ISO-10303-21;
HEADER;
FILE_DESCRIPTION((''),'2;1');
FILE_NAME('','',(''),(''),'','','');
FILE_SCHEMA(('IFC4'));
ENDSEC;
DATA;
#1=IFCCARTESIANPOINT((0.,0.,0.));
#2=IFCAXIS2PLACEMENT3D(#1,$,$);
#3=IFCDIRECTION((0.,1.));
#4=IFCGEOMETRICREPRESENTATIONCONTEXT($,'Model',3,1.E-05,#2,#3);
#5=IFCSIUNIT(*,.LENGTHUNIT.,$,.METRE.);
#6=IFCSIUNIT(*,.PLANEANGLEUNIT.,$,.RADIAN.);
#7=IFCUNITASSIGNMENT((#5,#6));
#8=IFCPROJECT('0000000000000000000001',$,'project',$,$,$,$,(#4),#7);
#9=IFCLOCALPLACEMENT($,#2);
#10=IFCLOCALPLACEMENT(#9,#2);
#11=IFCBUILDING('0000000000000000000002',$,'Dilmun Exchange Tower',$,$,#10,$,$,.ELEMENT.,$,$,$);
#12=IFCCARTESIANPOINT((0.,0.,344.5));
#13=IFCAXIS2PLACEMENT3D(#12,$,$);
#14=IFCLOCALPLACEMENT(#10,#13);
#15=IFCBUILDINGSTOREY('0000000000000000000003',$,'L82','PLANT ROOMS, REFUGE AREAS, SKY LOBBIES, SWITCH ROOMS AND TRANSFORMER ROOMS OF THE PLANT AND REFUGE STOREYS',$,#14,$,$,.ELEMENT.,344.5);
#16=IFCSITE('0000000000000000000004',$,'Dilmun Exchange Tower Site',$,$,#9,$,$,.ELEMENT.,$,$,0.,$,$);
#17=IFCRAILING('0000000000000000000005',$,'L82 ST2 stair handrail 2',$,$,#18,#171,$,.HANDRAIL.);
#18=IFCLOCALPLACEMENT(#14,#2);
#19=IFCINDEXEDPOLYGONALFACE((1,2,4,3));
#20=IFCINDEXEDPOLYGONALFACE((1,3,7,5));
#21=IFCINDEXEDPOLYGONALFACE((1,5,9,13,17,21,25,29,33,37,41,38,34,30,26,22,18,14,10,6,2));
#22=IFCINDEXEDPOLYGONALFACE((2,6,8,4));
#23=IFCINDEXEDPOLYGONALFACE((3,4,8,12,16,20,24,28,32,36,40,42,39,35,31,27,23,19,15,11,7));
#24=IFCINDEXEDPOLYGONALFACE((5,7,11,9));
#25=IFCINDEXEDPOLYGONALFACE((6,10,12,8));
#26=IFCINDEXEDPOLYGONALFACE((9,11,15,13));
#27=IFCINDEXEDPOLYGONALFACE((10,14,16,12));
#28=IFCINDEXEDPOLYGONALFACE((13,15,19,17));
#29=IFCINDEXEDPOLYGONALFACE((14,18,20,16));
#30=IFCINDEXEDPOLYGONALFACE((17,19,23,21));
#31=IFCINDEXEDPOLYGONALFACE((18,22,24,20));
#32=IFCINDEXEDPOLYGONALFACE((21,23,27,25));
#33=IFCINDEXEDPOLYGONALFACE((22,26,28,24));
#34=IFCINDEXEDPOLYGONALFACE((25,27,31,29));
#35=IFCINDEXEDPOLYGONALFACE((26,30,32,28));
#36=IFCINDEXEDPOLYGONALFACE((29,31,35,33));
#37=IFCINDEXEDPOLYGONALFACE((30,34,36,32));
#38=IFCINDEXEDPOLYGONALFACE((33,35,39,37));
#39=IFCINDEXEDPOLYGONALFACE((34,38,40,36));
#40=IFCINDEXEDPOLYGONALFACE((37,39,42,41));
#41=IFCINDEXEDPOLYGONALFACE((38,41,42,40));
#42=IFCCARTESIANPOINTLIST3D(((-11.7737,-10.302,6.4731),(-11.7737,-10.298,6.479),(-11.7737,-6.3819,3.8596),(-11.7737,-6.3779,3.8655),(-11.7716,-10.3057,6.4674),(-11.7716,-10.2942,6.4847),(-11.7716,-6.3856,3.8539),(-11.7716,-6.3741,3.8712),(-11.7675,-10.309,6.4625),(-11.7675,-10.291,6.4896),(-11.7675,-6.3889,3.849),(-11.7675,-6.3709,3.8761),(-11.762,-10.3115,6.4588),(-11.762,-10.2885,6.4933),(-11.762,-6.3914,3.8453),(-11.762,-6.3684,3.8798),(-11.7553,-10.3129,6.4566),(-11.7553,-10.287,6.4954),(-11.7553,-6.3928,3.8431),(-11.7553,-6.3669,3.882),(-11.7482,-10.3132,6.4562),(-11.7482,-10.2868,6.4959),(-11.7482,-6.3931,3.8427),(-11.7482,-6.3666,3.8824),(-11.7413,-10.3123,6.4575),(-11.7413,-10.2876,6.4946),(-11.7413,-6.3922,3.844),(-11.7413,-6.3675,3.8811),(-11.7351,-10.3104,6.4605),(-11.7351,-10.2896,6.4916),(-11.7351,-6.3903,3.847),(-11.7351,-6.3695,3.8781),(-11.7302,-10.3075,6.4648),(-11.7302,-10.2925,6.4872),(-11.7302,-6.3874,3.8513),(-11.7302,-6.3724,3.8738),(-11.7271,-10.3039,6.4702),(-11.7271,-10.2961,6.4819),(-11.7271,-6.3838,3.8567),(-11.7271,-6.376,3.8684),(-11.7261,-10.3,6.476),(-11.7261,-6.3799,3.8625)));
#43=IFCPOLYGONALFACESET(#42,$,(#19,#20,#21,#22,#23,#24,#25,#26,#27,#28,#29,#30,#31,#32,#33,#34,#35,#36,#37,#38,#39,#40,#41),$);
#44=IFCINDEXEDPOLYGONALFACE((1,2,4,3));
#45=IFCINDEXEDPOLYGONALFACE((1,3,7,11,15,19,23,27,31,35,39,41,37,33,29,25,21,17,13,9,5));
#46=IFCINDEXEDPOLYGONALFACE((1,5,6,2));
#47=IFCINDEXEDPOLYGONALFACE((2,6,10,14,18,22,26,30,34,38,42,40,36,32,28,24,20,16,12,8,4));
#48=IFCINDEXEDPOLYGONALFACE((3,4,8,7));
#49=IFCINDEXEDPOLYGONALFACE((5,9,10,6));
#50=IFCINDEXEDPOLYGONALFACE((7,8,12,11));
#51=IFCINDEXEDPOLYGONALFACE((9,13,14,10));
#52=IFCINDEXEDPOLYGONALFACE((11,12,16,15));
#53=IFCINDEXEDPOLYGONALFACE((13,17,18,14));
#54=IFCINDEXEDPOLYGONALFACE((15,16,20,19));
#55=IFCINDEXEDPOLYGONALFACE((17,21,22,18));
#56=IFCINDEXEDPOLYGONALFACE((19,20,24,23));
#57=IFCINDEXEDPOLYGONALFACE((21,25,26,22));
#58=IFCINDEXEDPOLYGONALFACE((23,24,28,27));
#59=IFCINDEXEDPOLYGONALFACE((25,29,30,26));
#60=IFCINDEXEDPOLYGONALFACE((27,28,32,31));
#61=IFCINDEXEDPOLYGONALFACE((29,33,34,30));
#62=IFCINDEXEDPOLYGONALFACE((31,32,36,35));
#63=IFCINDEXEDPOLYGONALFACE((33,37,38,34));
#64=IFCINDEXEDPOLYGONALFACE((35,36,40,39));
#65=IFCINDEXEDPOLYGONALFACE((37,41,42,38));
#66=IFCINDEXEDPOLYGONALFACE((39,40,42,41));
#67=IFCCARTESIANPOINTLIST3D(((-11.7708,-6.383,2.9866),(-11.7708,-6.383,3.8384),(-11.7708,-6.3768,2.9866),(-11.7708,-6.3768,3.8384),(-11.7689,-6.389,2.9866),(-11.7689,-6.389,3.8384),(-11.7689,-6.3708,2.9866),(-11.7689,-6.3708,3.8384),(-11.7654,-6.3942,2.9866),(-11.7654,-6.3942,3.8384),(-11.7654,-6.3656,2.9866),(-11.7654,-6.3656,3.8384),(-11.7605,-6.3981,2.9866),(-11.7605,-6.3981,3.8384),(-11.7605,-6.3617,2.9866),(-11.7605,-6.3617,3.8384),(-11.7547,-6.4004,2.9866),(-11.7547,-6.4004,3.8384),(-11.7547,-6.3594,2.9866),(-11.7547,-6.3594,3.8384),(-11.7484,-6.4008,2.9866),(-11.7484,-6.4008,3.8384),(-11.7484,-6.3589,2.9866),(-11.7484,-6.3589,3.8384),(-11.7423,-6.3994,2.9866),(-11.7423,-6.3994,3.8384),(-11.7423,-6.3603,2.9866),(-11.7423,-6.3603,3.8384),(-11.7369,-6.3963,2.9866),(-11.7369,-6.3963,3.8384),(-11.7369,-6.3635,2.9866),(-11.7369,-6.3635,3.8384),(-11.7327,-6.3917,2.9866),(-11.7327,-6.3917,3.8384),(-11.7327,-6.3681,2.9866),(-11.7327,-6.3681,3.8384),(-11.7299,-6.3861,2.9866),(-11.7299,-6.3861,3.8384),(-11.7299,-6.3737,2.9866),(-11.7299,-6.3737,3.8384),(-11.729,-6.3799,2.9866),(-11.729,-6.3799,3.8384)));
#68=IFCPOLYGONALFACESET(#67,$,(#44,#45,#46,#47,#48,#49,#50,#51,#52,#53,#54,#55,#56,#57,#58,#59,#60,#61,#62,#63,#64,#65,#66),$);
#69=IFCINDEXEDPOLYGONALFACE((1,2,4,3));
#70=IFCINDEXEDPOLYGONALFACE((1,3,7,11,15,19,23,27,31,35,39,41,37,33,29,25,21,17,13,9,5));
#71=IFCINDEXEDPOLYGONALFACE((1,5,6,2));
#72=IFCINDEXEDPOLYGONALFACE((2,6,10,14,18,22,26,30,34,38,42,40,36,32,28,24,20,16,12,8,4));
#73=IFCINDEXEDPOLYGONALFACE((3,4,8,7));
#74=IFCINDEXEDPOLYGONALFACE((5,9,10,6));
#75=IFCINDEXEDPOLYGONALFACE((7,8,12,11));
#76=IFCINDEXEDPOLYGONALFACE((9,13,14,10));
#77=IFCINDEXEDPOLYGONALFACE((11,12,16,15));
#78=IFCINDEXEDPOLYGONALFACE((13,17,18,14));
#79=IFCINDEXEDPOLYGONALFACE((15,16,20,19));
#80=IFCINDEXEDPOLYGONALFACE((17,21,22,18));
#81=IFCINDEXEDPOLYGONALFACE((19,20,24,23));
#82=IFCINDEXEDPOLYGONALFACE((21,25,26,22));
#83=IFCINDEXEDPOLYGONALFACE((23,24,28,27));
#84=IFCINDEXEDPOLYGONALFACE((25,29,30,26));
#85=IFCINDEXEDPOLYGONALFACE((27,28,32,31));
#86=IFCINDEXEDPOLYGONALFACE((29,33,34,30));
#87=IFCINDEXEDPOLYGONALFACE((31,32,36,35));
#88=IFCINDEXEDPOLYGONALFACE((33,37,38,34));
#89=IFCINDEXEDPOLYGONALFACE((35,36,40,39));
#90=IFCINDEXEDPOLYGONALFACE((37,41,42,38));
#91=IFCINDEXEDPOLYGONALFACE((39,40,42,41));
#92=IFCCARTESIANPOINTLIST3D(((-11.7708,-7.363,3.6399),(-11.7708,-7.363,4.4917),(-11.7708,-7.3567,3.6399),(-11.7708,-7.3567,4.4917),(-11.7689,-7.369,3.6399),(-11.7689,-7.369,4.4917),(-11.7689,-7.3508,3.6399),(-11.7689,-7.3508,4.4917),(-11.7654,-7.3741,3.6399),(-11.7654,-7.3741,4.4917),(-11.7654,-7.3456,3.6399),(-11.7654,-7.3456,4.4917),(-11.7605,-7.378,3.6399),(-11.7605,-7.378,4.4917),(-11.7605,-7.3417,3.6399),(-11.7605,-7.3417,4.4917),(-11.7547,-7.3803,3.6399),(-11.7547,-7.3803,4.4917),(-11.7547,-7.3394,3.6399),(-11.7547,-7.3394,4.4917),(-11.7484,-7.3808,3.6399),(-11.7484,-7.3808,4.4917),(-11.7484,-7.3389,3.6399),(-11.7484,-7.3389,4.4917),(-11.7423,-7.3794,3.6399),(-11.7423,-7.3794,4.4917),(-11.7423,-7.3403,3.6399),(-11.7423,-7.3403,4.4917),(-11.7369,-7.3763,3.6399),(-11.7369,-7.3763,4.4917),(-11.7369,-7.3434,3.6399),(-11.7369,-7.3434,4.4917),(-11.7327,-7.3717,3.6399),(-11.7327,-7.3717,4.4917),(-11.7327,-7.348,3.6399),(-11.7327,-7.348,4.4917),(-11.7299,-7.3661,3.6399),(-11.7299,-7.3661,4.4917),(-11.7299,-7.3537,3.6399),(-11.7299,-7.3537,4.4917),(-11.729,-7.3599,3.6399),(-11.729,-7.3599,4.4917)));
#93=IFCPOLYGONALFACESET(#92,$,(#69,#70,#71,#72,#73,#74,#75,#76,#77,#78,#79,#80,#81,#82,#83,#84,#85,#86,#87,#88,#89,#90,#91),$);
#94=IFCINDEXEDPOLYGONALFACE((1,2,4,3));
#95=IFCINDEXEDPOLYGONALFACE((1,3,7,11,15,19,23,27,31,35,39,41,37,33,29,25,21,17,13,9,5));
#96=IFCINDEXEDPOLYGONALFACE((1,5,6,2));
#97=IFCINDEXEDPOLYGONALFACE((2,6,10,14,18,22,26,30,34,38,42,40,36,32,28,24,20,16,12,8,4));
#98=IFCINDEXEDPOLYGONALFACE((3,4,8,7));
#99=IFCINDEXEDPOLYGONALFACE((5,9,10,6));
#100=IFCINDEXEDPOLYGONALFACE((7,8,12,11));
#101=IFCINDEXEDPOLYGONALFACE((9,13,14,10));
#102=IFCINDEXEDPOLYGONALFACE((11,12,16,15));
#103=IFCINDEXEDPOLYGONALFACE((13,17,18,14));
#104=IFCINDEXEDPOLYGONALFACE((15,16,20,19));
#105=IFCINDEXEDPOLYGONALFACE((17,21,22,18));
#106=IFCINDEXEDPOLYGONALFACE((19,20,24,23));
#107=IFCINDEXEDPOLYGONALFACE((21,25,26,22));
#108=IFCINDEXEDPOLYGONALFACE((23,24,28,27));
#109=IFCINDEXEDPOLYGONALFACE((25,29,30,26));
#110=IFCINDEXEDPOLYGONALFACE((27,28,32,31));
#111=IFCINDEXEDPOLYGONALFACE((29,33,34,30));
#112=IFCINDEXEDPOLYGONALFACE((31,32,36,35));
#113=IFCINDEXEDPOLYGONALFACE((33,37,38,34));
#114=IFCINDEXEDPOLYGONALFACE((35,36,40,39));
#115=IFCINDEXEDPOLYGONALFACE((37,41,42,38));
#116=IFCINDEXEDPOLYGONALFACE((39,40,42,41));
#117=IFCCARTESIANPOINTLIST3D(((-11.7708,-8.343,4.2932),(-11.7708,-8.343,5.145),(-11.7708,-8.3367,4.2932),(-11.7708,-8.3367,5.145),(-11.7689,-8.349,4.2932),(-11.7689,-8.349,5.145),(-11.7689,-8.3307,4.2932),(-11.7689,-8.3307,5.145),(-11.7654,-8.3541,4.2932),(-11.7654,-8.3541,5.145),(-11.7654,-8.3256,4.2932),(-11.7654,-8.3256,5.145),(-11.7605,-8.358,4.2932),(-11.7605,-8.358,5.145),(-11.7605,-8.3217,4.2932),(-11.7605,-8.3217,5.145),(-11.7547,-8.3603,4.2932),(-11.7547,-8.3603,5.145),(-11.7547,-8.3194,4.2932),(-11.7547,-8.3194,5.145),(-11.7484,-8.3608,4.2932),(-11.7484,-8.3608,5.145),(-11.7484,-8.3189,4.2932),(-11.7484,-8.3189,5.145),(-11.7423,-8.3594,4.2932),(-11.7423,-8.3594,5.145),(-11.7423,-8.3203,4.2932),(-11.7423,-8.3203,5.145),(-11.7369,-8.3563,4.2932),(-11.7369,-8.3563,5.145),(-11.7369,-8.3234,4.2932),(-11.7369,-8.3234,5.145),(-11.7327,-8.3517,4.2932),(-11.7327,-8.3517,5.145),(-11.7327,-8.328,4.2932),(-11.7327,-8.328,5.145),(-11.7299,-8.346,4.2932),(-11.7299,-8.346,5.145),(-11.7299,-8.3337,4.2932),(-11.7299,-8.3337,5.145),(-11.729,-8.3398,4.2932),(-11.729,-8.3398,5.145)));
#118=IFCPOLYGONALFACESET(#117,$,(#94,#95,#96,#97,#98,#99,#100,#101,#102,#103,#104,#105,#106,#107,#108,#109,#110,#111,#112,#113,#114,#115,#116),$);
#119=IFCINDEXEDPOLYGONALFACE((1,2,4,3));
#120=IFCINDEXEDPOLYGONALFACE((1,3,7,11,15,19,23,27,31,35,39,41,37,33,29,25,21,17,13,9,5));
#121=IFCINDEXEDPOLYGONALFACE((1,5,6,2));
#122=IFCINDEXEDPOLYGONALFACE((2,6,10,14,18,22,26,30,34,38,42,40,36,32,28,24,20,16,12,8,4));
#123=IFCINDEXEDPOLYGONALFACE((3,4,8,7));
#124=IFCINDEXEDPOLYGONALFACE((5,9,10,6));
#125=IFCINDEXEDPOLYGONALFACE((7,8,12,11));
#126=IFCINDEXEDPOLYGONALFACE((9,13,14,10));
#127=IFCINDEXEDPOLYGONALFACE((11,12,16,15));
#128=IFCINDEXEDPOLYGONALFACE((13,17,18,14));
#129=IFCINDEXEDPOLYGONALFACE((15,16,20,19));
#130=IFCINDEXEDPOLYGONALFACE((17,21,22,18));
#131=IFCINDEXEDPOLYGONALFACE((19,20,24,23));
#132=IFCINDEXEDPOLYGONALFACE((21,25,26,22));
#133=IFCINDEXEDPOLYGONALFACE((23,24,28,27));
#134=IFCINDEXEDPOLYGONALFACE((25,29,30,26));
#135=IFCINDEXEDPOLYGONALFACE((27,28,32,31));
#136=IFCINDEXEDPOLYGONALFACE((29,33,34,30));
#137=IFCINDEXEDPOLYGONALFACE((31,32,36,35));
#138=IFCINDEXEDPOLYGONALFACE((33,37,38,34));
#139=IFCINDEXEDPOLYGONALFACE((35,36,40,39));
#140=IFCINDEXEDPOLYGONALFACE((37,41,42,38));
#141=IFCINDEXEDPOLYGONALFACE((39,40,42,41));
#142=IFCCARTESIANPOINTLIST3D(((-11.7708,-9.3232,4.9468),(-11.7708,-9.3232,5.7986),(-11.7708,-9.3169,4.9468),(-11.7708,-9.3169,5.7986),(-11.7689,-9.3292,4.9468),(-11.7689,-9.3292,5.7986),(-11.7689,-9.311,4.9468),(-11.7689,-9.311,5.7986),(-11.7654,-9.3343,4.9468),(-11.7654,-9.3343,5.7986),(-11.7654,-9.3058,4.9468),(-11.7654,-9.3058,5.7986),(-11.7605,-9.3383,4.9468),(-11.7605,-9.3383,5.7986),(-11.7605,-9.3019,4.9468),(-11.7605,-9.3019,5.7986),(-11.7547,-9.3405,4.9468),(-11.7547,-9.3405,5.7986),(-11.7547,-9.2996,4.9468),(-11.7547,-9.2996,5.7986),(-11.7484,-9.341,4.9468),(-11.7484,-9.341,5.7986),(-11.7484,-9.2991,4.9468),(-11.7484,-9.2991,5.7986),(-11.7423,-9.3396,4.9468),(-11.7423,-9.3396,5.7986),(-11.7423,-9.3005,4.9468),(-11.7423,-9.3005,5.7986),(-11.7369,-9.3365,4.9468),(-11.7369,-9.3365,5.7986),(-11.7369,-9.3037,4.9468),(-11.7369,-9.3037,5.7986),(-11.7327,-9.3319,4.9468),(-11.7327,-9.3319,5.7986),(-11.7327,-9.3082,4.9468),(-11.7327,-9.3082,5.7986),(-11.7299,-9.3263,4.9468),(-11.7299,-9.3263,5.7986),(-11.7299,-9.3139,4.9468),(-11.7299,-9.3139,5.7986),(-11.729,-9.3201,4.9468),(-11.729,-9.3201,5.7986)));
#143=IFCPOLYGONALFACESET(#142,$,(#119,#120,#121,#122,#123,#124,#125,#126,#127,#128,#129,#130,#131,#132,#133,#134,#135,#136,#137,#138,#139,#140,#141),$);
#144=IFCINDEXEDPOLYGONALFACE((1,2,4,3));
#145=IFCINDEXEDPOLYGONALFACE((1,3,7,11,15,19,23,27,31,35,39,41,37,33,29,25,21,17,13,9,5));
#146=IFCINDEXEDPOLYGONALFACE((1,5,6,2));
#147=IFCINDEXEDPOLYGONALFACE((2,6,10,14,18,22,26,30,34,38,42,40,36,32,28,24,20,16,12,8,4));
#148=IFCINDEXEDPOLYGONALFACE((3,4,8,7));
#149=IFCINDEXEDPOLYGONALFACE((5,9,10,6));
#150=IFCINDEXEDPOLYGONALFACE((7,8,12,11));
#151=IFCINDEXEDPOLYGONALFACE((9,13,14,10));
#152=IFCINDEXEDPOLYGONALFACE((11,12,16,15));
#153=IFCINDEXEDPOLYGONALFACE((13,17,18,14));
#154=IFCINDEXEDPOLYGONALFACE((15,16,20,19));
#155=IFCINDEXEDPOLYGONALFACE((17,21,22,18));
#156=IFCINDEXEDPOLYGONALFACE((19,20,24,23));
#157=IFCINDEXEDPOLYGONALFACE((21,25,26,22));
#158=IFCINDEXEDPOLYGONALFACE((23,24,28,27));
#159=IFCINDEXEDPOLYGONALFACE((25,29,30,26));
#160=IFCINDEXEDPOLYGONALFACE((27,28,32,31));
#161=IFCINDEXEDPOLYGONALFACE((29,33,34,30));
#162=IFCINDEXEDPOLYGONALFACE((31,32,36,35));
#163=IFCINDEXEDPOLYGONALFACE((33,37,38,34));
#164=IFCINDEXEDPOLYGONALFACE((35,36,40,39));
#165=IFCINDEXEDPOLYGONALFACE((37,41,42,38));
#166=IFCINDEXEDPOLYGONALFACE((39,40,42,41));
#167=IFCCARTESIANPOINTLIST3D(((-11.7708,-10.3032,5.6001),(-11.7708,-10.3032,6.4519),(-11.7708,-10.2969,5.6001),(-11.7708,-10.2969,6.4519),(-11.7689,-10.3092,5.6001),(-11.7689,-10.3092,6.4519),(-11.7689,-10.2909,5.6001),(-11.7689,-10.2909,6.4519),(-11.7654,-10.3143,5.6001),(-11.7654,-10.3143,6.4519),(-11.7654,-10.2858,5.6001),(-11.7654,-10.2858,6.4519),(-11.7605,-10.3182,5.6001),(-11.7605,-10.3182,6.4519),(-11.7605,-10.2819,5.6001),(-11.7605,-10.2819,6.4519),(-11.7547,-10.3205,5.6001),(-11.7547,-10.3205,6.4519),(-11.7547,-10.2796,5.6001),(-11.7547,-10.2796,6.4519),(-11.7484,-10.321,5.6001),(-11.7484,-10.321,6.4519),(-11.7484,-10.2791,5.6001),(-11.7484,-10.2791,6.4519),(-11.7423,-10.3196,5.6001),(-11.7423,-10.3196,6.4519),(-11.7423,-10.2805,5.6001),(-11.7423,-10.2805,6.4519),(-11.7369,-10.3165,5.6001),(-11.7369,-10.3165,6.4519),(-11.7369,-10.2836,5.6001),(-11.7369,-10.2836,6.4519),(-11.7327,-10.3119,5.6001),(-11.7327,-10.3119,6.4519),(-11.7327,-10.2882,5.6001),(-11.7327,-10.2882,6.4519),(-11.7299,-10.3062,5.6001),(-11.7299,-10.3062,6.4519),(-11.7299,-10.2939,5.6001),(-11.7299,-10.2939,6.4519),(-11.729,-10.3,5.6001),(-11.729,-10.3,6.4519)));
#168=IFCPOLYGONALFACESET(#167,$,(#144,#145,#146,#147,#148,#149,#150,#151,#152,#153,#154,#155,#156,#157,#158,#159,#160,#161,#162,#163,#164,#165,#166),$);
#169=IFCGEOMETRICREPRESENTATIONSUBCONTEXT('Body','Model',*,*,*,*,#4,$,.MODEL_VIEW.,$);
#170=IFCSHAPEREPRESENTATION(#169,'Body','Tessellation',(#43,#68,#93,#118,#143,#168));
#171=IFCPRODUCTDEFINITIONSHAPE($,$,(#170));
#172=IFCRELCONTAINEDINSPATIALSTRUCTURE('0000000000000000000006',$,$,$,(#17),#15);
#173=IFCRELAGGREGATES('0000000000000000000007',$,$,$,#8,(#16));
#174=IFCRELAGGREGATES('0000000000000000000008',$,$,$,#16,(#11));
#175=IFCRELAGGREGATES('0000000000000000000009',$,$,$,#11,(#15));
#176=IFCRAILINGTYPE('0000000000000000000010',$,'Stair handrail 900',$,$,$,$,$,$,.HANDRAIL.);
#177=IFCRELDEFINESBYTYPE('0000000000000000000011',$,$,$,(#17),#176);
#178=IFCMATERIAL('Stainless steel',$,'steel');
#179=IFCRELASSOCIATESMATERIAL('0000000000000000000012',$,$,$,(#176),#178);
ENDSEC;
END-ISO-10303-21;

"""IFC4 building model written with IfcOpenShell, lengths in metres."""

from ifc_helpers import new_model, si_unit, direction, frame, origin, origin_2d, place, context, subcontext, project, spatial, circle, extrude, material, type_object, element, save


model = new_model("IFC4")

# Units and contexts
model_context = context("Model", 3, precision=1e-05, world=origin(), true_north=direction((0.0, 1.0)))
body_context = subcontext(model_context, "Body", "Model", "MODEL_VIEW")
ifc_project = project(units=[si_unit("LENGTHUNIT", "METRE"), si_unit("PLANEANGLEUNIT", "RADIAN")], contexts=[model_context])

# Site, building, storey
site_placement = place(None, origin())
site = spatial("IfcSite", under=ifc_project, at=site_placement, Name="Dilmun Exchange Tower Site", CompositionType="ELEMENT", RefElevation=0.0)
building_placement = place(site_placement, origin())
building = spatial("IfcBuilding", under=site, at=building_placement, Name="Dilmun Exchange Tower", CompositionType="ELEMENT")
storey_placement = place(building_placement, frame((0.0, 0.0, 344.5)))
storey = spatial("IfcBuildingStorey", under=building, at=storey_placement, Name="L82", Description="PLANT ROOMS, REFUGE AREAS, SKY LOBBIES, SWITCH ROOMS AND TRANSFORMER ROOMS OF THE PLANT AND REFUGE STOREYS", CompositionType="ELEMENT", Elevation=344.5)

# Railing
ifc_material_1 = material(Name="Stainless steel", Category="steel")
railing_type = type_object("IfcRailingType", Name="Stair handrail 900", PredefinedType="HANDRAIL", material=ifc_material_1)
railing_1_placement = place(storey_placement, frame((-11.75, -6.3799, 2.9866)))
element("IfcRailing", 1, at=railing_1_placement, inside=storey, type_object=railing_type, Name="L82 ST2 stair handrail 2", PredefinedType="HANDRAIL", context=body_context, shape_type="SweptSolid", body=[
    extrude(circle(Radius=0.0239, at=origin_2d()), frame((0.0, 0.0, 0.876), z_axis=(0.0, -0.832042, 0.554712), x_axis=(1.0, 0.0, 0.0)), (0.0, 0.0, 1.0), 4.7114),
    extrude(circle(Radius=0.021, at=origin_2d()), origin(), (0.0, 0.0, 1.0), 0.8518),
    extrude(circle(Radius=0.021, at=origin_2d()), frame((0.0, -0.98, 0.6533)), (0.0, 0.0, 1.0), 0.8518),
    extrude(circle(Radius=0.021, at=origin_2d()), frame((0.0, -1.96, 1.3066)), (0.0, 0.0, 1.0), 0.8518),
    extrude(circle(Radius=0.021, at=origin_2d()), frame((0.0, -2.9402, 1.9602)), (0.0, 0.0, 1.0), 0.8518),
    extrude(circle(Radius=0.021, at=origin_2d()), frame((0.0, -3.9202, 2.6135)), (0.0, 0.0, 1.0), 0.8518),
])

save(model, "model.ifc")
